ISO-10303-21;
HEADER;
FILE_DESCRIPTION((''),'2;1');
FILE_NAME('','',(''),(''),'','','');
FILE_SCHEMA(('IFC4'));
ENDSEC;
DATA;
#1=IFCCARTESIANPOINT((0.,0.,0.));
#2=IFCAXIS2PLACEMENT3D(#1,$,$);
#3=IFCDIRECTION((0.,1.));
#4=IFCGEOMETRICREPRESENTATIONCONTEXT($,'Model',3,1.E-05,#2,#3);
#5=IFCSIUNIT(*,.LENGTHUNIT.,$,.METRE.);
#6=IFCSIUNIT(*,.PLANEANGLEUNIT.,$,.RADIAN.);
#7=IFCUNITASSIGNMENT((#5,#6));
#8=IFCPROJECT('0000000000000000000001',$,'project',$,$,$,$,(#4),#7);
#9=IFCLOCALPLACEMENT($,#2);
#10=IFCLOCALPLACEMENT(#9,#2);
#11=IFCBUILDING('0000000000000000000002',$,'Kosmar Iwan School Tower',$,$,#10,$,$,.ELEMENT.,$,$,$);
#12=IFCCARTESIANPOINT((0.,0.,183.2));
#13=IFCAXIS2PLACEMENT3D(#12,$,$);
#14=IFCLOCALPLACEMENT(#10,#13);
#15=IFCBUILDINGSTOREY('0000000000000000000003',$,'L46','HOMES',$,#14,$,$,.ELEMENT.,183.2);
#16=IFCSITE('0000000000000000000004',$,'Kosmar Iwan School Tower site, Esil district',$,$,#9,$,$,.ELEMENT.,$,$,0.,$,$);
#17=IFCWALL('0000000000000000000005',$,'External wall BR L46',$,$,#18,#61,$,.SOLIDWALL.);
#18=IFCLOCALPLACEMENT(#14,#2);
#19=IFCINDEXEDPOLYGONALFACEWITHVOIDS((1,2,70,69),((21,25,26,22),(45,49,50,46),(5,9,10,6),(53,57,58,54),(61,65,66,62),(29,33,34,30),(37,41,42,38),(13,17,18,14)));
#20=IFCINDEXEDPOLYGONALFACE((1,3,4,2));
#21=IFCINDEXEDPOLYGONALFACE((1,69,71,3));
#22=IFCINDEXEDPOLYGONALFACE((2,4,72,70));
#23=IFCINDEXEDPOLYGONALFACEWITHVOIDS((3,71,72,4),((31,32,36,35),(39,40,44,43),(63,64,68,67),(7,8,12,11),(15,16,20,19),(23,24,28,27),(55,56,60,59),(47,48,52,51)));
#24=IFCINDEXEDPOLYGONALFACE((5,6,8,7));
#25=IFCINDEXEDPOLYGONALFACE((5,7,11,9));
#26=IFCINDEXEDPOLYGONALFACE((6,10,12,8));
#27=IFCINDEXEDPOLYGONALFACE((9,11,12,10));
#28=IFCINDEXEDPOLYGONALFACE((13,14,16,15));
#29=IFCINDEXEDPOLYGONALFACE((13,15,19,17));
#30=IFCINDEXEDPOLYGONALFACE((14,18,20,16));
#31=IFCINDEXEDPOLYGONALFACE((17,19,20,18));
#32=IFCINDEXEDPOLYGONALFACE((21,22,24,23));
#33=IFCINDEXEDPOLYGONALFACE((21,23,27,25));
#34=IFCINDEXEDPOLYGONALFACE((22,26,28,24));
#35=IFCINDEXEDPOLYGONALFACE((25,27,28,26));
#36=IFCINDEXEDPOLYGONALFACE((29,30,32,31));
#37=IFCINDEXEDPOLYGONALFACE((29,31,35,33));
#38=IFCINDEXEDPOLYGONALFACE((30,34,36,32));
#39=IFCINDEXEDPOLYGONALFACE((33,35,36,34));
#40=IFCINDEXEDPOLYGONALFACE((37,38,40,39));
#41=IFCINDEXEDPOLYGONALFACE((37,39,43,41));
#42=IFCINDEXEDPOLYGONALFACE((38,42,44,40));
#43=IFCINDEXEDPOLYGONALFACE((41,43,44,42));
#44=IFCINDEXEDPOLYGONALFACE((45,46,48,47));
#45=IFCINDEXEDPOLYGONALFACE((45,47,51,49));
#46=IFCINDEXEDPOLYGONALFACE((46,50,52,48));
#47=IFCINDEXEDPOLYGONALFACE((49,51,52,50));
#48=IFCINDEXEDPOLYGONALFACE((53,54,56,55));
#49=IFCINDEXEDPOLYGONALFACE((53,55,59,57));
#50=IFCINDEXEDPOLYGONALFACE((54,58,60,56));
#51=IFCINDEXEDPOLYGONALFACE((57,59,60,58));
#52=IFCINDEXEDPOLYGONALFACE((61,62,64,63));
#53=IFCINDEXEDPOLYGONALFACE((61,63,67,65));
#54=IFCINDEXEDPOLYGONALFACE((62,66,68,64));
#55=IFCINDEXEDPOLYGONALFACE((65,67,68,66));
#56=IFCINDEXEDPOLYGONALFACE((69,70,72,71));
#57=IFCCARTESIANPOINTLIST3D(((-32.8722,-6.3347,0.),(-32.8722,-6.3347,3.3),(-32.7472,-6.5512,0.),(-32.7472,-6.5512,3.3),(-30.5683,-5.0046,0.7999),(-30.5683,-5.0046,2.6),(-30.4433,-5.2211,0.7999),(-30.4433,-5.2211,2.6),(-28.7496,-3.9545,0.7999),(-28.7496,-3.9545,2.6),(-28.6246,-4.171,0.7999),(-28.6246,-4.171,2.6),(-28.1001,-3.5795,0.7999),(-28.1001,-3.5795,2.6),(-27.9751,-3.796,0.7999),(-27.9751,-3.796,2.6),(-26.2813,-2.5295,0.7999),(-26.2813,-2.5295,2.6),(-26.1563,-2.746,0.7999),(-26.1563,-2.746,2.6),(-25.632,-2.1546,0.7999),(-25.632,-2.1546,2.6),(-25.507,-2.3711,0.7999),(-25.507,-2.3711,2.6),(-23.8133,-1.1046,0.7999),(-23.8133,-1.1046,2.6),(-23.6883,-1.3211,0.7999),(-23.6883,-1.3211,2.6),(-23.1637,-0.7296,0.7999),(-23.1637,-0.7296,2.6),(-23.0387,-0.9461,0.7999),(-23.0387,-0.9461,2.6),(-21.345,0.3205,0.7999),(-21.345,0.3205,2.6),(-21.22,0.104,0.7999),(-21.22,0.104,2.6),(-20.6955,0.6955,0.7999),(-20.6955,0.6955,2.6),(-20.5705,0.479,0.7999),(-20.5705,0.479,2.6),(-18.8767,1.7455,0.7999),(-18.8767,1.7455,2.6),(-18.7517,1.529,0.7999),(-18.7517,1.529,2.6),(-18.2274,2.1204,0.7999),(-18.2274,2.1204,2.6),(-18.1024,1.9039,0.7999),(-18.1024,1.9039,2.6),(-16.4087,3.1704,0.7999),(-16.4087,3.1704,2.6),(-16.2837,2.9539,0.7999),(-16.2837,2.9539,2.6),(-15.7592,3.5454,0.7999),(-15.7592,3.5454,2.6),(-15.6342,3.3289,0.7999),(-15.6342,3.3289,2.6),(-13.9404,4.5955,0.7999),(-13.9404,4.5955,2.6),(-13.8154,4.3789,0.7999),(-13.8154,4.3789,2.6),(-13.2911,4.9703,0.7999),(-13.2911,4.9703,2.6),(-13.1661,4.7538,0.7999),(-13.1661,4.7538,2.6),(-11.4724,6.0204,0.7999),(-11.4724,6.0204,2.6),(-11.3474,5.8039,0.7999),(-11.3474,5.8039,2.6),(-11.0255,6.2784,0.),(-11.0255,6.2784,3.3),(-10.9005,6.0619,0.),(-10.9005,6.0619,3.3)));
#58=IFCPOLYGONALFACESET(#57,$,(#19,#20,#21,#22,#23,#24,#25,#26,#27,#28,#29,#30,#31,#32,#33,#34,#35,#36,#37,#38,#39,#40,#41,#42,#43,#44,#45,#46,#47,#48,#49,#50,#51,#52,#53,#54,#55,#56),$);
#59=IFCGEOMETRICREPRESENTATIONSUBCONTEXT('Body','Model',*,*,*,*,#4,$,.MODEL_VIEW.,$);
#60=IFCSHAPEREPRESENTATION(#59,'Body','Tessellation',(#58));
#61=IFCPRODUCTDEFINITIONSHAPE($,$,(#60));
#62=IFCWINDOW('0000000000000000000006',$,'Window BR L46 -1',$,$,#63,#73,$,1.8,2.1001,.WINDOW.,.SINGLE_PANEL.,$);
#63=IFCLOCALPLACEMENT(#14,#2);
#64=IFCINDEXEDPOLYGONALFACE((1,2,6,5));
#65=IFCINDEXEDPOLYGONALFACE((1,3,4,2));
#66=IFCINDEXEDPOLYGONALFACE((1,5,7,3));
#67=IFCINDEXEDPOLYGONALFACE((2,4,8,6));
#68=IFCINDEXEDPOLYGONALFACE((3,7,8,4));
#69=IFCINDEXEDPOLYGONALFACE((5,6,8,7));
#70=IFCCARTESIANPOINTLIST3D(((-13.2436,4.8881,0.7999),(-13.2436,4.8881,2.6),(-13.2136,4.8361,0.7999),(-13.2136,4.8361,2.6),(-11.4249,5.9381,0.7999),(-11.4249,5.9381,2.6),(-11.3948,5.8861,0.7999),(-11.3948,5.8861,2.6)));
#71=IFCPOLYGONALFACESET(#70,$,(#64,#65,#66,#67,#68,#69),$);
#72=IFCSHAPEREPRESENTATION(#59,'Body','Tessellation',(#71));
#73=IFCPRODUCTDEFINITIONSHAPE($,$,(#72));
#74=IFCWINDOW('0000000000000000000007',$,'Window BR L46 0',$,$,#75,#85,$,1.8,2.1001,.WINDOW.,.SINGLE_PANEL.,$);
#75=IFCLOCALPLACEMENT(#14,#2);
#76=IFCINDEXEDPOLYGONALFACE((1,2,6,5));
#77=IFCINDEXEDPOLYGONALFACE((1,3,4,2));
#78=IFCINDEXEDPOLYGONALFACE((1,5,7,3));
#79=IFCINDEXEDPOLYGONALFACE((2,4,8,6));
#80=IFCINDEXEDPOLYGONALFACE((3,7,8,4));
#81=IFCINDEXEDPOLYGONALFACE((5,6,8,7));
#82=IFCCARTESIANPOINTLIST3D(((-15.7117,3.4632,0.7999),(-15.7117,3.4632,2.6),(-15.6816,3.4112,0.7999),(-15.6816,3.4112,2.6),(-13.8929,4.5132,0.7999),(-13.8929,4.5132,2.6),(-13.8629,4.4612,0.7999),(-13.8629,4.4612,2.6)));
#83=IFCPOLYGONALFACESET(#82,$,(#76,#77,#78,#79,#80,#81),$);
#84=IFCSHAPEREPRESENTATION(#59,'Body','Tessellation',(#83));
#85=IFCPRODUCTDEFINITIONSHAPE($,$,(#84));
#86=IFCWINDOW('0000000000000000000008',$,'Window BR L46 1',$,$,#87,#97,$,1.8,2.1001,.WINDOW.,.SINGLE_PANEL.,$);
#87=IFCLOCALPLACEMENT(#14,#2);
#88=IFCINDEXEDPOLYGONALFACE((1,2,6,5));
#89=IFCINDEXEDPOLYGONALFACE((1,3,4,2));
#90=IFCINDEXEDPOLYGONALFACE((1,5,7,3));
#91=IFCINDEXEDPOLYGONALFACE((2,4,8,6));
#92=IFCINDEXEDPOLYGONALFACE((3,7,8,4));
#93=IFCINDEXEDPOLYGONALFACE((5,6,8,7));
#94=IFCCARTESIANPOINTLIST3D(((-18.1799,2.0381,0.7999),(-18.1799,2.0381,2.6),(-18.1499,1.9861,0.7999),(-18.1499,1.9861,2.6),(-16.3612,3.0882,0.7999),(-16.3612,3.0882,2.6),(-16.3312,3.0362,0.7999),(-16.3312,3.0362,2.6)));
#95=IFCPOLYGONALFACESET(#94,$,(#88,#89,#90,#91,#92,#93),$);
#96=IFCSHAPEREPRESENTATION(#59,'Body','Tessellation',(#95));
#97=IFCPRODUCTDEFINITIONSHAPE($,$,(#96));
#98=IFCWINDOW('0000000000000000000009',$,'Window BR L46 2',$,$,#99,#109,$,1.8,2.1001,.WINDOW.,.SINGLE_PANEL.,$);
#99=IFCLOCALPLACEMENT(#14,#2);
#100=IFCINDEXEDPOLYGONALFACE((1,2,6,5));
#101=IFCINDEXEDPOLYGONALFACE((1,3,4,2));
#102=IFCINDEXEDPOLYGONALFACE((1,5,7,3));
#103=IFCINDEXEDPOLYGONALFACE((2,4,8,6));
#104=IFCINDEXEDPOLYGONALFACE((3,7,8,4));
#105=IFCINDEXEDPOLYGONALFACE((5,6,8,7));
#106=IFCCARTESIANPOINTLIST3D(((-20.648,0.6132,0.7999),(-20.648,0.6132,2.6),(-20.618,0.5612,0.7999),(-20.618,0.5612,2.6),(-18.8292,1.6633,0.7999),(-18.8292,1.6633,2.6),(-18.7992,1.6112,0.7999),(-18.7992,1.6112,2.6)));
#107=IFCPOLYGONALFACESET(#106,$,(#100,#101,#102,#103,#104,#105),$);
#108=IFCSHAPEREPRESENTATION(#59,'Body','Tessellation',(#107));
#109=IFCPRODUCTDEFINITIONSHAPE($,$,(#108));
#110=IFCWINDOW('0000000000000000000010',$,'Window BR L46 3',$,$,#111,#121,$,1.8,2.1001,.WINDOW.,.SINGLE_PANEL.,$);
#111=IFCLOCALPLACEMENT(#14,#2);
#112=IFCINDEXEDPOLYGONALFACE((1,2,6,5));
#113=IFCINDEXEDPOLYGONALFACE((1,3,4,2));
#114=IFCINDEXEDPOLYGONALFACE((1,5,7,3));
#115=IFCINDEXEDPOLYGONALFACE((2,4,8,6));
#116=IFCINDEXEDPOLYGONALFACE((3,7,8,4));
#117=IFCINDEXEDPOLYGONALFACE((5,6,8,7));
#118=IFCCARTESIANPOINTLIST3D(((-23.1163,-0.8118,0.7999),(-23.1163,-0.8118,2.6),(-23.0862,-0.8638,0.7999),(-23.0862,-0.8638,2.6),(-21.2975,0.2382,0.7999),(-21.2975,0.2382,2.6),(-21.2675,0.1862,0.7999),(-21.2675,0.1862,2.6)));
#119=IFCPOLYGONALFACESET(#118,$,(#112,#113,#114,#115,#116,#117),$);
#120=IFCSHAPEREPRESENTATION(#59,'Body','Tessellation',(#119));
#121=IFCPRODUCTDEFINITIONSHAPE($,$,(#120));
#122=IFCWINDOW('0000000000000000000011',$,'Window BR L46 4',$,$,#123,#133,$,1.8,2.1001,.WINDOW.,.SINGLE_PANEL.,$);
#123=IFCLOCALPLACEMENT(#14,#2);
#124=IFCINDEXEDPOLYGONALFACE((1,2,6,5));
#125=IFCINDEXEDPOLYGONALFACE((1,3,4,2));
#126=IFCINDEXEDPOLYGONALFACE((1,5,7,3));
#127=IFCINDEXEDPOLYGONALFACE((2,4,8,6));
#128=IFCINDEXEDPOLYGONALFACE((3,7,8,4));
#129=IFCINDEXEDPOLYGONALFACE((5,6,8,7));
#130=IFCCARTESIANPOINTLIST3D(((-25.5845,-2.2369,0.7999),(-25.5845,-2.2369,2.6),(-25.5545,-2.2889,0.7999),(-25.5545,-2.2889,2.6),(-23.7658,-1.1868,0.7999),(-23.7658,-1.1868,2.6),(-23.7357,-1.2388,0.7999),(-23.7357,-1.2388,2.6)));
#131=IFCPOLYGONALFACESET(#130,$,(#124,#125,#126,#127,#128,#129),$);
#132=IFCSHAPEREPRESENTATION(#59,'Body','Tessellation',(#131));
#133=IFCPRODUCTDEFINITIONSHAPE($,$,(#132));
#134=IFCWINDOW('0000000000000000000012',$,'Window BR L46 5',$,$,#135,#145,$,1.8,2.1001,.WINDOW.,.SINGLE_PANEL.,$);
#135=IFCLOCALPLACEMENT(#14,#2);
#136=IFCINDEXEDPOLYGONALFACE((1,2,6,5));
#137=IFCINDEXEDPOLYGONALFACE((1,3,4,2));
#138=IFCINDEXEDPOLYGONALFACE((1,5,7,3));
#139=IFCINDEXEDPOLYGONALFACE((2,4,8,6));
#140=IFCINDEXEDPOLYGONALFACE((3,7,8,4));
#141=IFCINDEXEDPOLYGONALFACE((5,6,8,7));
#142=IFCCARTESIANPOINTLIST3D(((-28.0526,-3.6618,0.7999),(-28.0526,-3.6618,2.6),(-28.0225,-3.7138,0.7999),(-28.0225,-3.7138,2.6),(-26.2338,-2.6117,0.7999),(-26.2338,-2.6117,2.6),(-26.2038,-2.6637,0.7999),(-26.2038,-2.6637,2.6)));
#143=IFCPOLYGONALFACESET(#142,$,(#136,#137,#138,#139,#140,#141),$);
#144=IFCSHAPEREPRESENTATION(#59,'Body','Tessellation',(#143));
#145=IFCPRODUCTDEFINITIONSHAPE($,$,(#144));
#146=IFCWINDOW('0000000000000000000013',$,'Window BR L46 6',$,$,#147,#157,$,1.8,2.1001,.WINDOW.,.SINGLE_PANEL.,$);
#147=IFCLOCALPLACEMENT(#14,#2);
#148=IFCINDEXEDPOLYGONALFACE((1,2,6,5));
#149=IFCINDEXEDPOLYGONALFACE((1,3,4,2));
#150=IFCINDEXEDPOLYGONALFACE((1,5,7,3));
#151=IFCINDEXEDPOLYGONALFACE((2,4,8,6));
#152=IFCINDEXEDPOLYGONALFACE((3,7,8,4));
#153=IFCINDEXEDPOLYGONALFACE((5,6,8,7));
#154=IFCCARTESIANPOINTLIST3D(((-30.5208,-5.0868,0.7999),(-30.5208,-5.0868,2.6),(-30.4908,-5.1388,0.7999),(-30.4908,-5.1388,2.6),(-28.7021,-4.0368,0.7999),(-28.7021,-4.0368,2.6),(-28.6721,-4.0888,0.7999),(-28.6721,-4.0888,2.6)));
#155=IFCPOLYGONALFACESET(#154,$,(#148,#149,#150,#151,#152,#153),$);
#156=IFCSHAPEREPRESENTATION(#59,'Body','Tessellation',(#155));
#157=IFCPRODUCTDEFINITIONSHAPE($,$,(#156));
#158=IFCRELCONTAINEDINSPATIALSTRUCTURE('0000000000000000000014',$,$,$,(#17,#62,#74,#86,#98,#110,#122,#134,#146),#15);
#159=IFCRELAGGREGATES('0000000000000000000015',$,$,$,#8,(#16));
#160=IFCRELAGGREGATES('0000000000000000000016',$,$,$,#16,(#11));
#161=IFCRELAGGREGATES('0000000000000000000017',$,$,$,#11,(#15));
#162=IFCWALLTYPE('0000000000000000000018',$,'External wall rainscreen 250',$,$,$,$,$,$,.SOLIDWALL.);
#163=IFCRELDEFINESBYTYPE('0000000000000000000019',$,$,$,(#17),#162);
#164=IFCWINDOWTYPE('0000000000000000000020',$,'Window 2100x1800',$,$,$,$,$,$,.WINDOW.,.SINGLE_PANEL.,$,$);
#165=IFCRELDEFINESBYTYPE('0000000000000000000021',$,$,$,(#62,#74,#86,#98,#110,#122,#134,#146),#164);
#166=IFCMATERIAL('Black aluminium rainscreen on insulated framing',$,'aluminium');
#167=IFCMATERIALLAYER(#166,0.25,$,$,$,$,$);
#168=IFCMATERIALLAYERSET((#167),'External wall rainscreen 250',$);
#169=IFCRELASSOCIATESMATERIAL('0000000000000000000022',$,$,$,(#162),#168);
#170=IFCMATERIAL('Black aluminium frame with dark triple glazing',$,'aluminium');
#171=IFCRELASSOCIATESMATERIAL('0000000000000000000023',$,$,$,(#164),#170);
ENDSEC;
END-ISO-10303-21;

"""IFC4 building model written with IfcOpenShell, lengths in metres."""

from ifc_helpers import new_model, si_unit, direction, frame, frame_2d, origin, place, context, subcontext, project, spatial, rectangle, extrude, material, layer, layer_set, type_object, element, fill, save


model = new_model("IFC4")

# Units and contexts
model_context = context("Model", 3, precision=1e-05, world=origin(), true_north=direction((0.0, 1.0)))
body_context = subcontext(model_context, "Body", "Model", "MODEL_VIEW")
ifc_project = project(units=[si_unit("LENGTHUNIT", "METRE"), si_unit("PLANEANGLEUNIT", "RADIAN")], contexts=[model_context])

# Site, building, storey
site_placement = place(None, origin())
site = spatial("IfcSite", under=ifc_project, at=site_placement, Name="Kosmar Iwan School Tower site, Esil district", CompositionType="ELEMENT", RefElevation=0.0)
building_placement = place(site_placement, origin())
building = spatial("IfcBuilding", under=site, at=building_placement, Name="Kosmar Iwan School Tower", CompositionType="ELEMENT")
storey_placement = place(building_placement, frame((0.0, 0.0, 183.2)))
storey = spatial("IfcBuildingStorey", under=building, at=storey_placement, Name="L46", Description="HOMES", CompositionType="ELEMENT", Elevation=183.2)

# Wall, openings, windows
ifc_material_1 = material(Name="Black aluminium rainscreen on insulated framing", Category="aluminium")
ifc_layer_1 = layer(ifc_material_1, 0.25)
ifc_layer_set_1 = layer_set([ifc_layer_1], Name="External wall rainscreen 250")
wall_type_1 = type_object("IfcWallType", Name="External wall rainscreen 250", PredefinedType="SOLIDWALL", material=ifc_layer_set_1)
ifc_material_2 = material(Name="Black aluminium frame with dark triple glazing", Category="aluminium")
window_type = type_object("IfcWindowType", Name="Window 2100x1800", PartitioningType="SINGLE_PANEL", PredefinedType="WINDOW", material=ifc_material_2)
wall_1_placement = place(storey_placement, frame((-10.9629, 6.1702, 0.0), z_axis=(0.0, 0.0, 1.0), x_axis=(-0.866028, -0.499996, 0.0)))
wall_1 = element("IfcWall", 1, at=wall_1_placement, inside=storey, type_object=wall_type_1, Name="External wall BR L46", PredefinedType="SOLIDWALL", context=body_context, shape_type="SweptSolid", body=[
    extrude(rectangle(XDim=25.2263, YDim=0.25, at=frame_2d((12.6133, 0.0))), origin(), (0.0, 0.0, 1.0), 3.3),
])
opening_1_placement = place(wall_1_placement, frame((0.5161, 0.0, 0.8)))
opening_1 = element("IfcOpeningElement", 2, at=opening_1_placement, cuts=wall_1, PredefinedType="OPENING", context=body_context, shape_type="SweptSolid", body=[
    extrude(rectangle(XDim=2.1001, YDim=1.8, at=frame_2d((1.05, 0.8999))), frame((0.0, 0.137, 0.0), z_axis=(0.0, -1.0, 0.0), x_axis=(1.0, 0.0, 0.0)), (0.0, 0.0, 1.0), 0.2739),
])
opening_2_placement = place(wall_1_placement, frame((3.366, 0.0, 0.8)))
opening_2 = element("IfcOpeningElement", 3, at=opening_2_placement, cuts=wall_1, PredefinedType="OPENING", context=body_context, shape_type="SweptSolid", body=[
    extrude(rectangle(XDim=2.1001, YDim=1.8, at=frame_2d((1.05, 0.8999))), frame((0.0, 0.137, 0.0), z_axis=(0.0, -1.0, 0.0), x_axis=(1.0, 0.0, 0.0)), (0.0, 0.0, 1.0), 0.2739),
])
opening_3_placement = place(wall_1_placement, frame((6.2161, 0.0, 0.8)))
opening_3 = element("IfcOpeningElement", 4, at=opening_3_placement, cuts=wall_1, PredefinedType="OPENING", context=body_context, shape_type="SweptSolid", body=[
    extrude(rectangle(XDim=2.1001, YDim=1.8, at=frame_2d((1.05, 0.8999))), frame((0.0, 0.137, 0.0), z_axis=(0.0, -1.0, 0.0), x_axis=(1.0, 0.0, 0.0)), (0.0, 0.0, 1.0), 0.2739),
])
opening_4_placement = place(wall_1_placement, frame((9.0659, 0.0, 0.8)))
opening_4 = element("IfcOpeningElement", 5, at=opening_4_placement, cuts=wall_1, PredefinedType="OPENING", context=body_context, shape_type="SweptSolid", body=[
    extrude(rectangle(XDim=2.1001, YDim=1.8, at=frame_2d((1.05, 0.8999))), frame((0.0, 0.137, 0.0), z_axis=(0.0, -1.0, 0.0), x_axis=(1.0, 0.0, 0.0)), (0.0, 0.0, 1.0), 0.2739),
])
opening_5_placement = place(wall_1_placement, frame((11.916, 0.0, 0.8)))
opening_5 = element("IfcOpeningElement", 6, at=opening_5_placement, cuts=wall_1, PredefinedType="OPENING", context=body_context, shape_type="SweptSolid", body=[
    extrude(rectangle(XDim=2.1001, YDim=1.8, at=frame_2d((1.05, 0.8999))), frame((0.0, 0.137, 0.0), z_axis=(0.0, -1.0, 0.0), x_axis=(1.0, 0.0, 0.0)), (0.0, 0.0, 1.0), 0.2739),
])
opening_6_placement = place(wall_1_placement, frame((14.7661, 0.0, 0.8)))
opening_6 = element("IfcOpeningElement", 7, at=opening_6_placement, cuts=wall_1, PredefinedType="OPENING", context=body_context, shape_type="SweptSolid", body=[
    extrude(rectangle(XDim=2.1001, YDim=1.8, at=frame_2d((1.05, 0.8999))), frame((0.0, 0.137, 0.0), z_axis=(0.0, -1.0, 0.0), x_axis=(1.0, 0.0, 0.0)), (0.0, 0.0, 1.0), 0.2739),
])
opening_7_placement = place(wall_1_placement, frame((17.616, 0.0, 0.8)))
opening_7 = element("IfcOpeningElement", 8, at=opening_7_placement, cuts=wall_1, PredefinedType="OPENING", context=body_context, shape_type="SweptSolid", body=[
    extrude(rectangle(XDim=2.1001, YDim=1.8, at=frame_2d((1.05, 0.8999))), frame((0.0, 0.137, 0.0), z_axis=(0.0, -1.0, 0.0), x_axis=(1.0, 0.0, 0.0)), (0.0, 0.0, 1.0), 0.2739),
])
opening_8_placement = place(wall_1_placement, frame((20.4661, 0.0, 0.8)))
opening_8 = element("IfcOpeningElement", 9, at=opening_8_placement, cuts=wall_1, PredefinedType="OPENING", context=body_context, shape_type="SweptSolid", body=[
    extrude(rectangle(XDim=2.1001, YDim=1.8, at=frame_2d((1.05, 0.8999))), frame((0.0, 0.137, 0.0), z_axis=(0.0, -1.0, 0.0), x_axis=(1.0, 0.0, 0.0)), (0.0, 0.0, 1.0), 0.2739),
])
window_1_placement = place(opening_1_placement, origin())
window_1 = element("IfcWindow", 10, at=window_1_placement, inside=storey, type_object=window_type, Name="Window BR L46 -1", OverallHeight=1.8, OverallWidth=2.1001, PartitioningType="SINGLE_PANEL", PredefinedType="WINDOW", context=body_context, shape_type="SweptSolid", body=[
    extrude(rectangle(XDim=2.1001, YDim=1.8, at=frame_2d((1.05, 0.8999))), frame((0.0, 0.03, 0.0), z_axis=(0.0, -1.0, 0.0), x_axis=(1.0, 0.0, 0.0)), (0.0, 0.0, 1.0), 0.0601),
])
fill(opening_1, window_1)
window_2_placement = place(opening_2_placement, origin())
window_2 = element("IfcWindow", 11, at=window_2_placement, inside=storey, type_object=window_type, Name="Window BR L46 0", OverallHeight=1.8, OverallWidth=2.1001, PartitioningType="SINGLE_PANEL", PredefinedType="WINDOW", context=body_context, shape_type="SweptSolid", body=[
    extrude(rectangle(XDim=2.1001, YDim=1.8, at=frame_2d((1.05, 0.8999))), frame((0.0, 0.03, 0.0), z_axis=(0.0, -1.0, 0.0), x_axis=(1.0, 0.0, 0.0)), (0.0, 0.0, 1.0), 0.0601),
])
fill(opening_2, window_2)
window_3_placement = place(opening_3_placement, origin())
window_3 = element("IfcWindow", 12, at=window_3_placement, inside=storey, type_object=window_type, Name="Window BR L46 1", OverallHeight=1.8, OverallWidth=2.1001, PartitioningType="SINGLE_PANEL", PredefinedType="WINDOW", context=body_context, shape_type="SweptSolid", body=[
    extrude(rectangle(XDim=2.1001, YDim=1.8, at=frame_2d((1.05, 0.8999))), frame((0.0, 0.03, 0.0), z_axis=(0.0, -1.0, 0.0), x_axis=(1.0, 0.0, 0.0)), (0.0, 0.0, 1.0), 0.0601),
])
fill(opening_3, window_3)
window_4_placement = place(opening_4_placement, origin())
window_4 = element("IfcWindow", 13, at=window_4_placement, inside=storey, type_object=window_type, Name="Window BR L46 2", OverallHeight=1.8, OverallWidth=2.1001, PartitioningType="SINGLE_PANEL", PredefinedType="WINDOW", context=body_context, shape_type="SweptSolid", body=[
    extrude(rectangle(XDim=2.1001, YDim=1.8, at=frame_2d((1.05, 0.8999))), frame((0.0, 0.03, 0.0), z_axis=(0.0, -1.0, 0.0), x_axis=(1.0, 0.0, 0.0)), (0.0, 0.0, 1.0), 0.0601),
])
fill(opening_4, window_4)
window_5_placement = place(opening_5_placement, origin())
window_5 = element("IfcWindow", 14, at=window_5_placement, inside=storey, type_object=window_type, Name="Window BR L46 3", OverallHeight=1.8, OverallWidth=2.1001, PartitioningType="SINGLE_PANEL", PredefinedType="WINDOW", context=body_context, shape_type="SweptSolid", body=[
    extrude(rectangle(XDim=2.1001, YDim=1.8, at=frame_2d((1.05, 0.8999))), frame((0.0, 0.03, 0.0), z_axis=(0.0, -1.0, 0.0), x_axis=(1.0, 0.0, 0.0)), (0.0, 0.0, 1.0), 0.0601),
])
fill(opening_5, window_5)
window_6_placement = place(opening_6_placement, origin())
window_6 = element("IfcWindow", 15, at=window_6_placement, inside=storey, type_object=window_type, Name="Window BR L46 4", OverallHeight=1.8, OverallWidth=2.1001, PartitioningType="SINGLE_PANEL", PredefinedType="WINDOW", context=body_context, shape_type="SweptSolid", body=[
    extrude(rectangle(XDim=2.1001, YDim=1.8, at=frame_2d((1.05, 0.8999))), frame((0.0, 0.03, 0.0), z_axis=(0.0, -1.0, 0.0), x_axis=(1.0, 0.0, 0.0)), (0.0, 0.0, 1.0), 0.0601),
])
fill(opening_6, window_6)
window_7_placement = place(opening_7_placement, origin())
window_7 = element("IfcWindow", 16, at=window_7_placement, inside=storey, type_object=window_type, Name="Window BR L46 5", OverallHeight=1.8, OverallWidth=2.1001, PartitioningType="SINGLE_PANEL", PredefinedType="WINDOW", context=body_context, shape_type="SweptSolid", body=[
    extrude(rectangle(XDim=2.1001, YDim=1.8, at=frame_2d((1.05, 0.8999))), frame((0.0, 0.03, 0.0), z_axis=(0.0, -1.0, 0.0), x_axis=(1.0, 0.0, 0.0)), (0.0, 0.0, 1.0), 0.0601),
])
fill(opening_7, window_7)
window_8_placement = place(opening_8_placement, origin())
window_8 = element("IfcWindow", 17, at=window_8_placement, inside=storey, type_object=window_type, Name="Window BR L46 6", OverallHeight=1.8, OverallWidth=2.1001, PartitioningType="SINGLE_PANEL", PredefinedType="WINDOW", context=body_context, shape_type="SweptSolid", body=[
    extrude(rectangle(XDim=2.1001, YDim=1.8, at=frame_2d((1.05, 0.8999))), frame((0.0, 0.03, 0.0), z_axis=(0.0, -1.0, 0.0), x_axis=(1.0, 0.0, 0.0)), (0.0, 0.0, 1.0), 0.0601),
])
fill(opening_8, window_8)

save(model, "model.ifc")
